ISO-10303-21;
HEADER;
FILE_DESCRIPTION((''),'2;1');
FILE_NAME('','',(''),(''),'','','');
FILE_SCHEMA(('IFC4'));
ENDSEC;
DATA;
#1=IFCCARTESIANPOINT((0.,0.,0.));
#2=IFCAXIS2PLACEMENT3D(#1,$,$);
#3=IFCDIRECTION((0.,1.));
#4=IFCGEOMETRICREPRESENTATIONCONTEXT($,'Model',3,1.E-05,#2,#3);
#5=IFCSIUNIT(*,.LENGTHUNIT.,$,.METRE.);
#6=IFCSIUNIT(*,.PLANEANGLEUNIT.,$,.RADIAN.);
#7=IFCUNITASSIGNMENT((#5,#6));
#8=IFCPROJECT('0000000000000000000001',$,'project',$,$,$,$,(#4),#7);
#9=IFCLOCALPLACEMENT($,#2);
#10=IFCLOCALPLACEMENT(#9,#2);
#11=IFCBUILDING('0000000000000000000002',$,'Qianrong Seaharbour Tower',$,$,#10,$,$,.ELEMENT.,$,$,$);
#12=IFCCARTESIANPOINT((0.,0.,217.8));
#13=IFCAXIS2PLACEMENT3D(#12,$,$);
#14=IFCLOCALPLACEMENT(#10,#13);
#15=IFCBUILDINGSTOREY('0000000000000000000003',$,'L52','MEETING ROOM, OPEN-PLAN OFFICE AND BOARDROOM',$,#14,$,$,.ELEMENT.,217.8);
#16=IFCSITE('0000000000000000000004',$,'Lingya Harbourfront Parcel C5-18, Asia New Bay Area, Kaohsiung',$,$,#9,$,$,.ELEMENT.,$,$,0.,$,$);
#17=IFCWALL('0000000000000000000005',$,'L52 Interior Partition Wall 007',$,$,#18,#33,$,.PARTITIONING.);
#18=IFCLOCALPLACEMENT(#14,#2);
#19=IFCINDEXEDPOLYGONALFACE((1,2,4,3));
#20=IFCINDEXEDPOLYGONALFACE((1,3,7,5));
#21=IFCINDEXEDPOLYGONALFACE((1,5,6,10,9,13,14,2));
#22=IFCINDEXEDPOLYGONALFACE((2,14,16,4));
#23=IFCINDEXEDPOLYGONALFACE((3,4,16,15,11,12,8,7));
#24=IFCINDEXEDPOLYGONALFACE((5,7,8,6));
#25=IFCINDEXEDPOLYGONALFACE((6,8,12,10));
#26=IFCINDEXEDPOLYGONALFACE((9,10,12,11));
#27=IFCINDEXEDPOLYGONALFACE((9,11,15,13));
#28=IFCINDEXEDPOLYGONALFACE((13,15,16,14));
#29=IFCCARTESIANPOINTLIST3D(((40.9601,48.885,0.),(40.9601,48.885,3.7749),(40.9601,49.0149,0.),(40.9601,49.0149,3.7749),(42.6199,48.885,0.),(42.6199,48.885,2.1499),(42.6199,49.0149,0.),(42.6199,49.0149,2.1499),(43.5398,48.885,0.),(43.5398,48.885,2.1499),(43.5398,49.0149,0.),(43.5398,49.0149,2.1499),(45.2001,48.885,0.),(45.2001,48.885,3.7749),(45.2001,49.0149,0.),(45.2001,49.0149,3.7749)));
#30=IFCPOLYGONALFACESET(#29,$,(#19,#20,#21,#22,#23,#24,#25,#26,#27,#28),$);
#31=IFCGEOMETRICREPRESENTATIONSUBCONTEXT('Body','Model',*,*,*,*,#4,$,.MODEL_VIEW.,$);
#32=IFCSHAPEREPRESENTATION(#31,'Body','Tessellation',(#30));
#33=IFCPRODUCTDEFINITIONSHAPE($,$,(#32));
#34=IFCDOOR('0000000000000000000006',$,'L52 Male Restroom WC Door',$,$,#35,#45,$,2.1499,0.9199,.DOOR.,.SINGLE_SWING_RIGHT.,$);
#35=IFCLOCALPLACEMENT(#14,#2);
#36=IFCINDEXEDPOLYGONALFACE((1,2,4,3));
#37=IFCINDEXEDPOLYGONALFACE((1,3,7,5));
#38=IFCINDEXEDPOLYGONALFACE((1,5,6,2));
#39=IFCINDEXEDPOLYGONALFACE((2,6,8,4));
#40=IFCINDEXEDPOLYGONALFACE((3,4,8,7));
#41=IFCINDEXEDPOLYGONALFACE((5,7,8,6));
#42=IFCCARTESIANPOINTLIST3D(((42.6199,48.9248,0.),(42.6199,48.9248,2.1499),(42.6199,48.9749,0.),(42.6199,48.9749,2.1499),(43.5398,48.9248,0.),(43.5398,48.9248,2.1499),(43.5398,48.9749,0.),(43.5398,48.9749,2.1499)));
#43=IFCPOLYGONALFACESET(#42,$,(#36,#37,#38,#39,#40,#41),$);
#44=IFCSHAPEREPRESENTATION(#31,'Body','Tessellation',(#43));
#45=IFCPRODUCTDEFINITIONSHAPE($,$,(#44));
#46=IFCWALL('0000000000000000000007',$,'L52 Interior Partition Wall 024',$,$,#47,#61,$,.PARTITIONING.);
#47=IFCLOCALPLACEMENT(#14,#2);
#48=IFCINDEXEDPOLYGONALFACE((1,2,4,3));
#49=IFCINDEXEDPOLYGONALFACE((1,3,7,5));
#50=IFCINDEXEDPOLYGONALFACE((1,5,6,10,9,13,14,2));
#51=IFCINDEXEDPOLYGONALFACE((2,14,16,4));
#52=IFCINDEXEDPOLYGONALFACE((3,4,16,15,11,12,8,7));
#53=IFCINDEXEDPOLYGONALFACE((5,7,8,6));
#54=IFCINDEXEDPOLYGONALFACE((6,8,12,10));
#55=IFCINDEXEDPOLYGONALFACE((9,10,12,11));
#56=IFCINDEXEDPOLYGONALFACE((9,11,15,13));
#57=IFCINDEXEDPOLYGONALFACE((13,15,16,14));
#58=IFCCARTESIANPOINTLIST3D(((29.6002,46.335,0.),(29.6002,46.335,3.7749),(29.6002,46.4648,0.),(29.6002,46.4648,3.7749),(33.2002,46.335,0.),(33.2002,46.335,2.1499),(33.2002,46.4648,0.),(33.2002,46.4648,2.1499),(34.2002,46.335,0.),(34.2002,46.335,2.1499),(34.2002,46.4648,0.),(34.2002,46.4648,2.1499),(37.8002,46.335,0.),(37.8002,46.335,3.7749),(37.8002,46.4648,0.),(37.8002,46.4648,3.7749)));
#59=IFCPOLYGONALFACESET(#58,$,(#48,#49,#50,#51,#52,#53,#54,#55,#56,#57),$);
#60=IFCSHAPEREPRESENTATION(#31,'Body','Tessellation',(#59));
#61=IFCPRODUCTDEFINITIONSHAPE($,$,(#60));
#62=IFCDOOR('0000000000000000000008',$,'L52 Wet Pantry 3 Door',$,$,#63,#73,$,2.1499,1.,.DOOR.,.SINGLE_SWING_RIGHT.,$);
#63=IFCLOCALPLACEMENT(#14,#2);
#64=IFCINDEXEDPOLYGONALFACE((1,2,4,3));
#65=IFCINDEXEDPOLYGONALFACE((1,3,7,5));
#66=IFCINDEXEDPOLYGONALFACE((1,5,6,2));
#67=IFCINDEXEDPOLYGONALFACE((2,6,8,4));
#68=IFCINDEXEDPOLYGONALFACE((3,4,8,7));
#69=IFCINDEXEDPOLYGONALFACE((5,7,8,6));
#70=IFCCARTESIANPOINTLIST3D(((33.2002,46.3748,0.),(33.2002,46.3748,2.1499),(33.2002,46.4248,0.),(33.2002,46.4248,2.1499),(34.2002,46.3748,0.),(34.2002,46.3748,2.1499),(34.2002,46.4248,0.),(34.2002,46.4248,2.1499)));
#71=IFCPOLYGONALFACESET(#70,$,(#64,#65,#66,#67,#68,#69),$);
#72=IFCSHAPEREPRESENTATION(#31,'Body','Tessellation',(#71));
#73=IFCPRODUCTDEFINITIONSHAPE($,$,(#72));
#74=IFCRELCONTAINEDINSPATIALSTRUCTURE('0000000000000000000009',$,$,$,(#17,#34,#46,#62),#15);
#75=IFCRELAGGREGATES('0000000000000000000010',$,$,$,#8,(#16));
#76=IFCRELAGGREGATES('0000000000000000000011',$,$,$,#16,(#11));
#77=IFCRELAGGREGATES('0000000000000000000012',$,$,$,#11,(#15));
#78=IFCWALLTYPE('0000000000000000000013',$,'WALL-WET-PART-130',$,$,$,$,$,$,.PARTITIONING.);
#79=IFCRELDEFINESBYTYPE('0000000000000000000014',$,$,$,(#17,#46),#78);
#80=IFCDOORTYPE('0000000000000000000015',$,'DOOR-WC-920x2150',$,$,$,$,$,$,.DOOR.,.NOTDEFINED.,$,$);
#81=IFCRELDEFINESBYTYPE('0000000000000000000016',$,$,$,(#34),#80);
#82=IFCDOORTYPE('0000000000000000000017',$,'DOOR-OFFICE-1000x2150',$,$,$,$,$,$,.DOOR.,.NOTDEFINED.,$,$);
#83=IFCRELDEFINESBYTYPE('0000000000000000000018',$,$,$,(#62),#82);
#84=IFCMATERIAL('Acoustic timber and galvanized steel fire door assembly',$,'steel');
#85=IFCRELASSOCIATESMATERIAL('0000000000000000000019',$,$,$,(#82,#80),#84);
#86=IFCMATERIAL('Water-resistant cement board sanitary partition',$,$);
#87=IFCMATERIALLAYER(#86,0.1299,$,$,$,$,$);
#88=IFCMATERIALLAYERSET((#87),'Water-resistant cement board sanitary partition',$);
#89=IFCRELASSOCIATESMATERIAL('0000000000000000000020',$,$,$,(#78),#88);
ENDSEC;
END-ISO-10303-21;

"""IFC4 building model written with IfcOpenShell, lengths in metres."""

from ifc_helpers import new_model, si_unit, direction, frame, frame_2d, origin, place, context, subcontext, project, spatial, rectangle, extrude, material, layer, layer_set, type_object, element, fill, save


model = new_model("IFC4")

# Units and contexts
model_context = context("Model", 3, precision=1e-05, world=origin(), true_north=direction((0.0, 1.0)))
body_context = subcontext(model_context, "Body", "Model", "MODEL_VIEW")
ifc_project = project(units=[si_unit("LENGTHUNIT", "METRE"), si_unit("PLANEANGLEUNIT", "RADIAN")], contexts=[model_context])

# Site, building, storey
site_placement = place(None, origin())
site = spatial("IfcSite", under=ifc_project, at=site_placement, Name="Lingya Harbourfront Parcel C5-18, Asia New Bay Area, Kaohsiung", CompositionType="ELEMENT", RefElevation=0.0)
building_placement = place(site_placement, origin())
building = spatial("IfcBuilding", under=site, at=building_placement, Name="Qianrong Seaharbour Tower", CompositionType="ELEMENT")
storey_placement = place(building_placement, frame((0.0, 0.0, 217.8)))
storey = spatial("IfcBuildingStorey", under=building, at=storey_placement, Name="L52", Description="MEETING ROOM, OPEN-PLAN OFFICE AND BOARDROOM", CompositionType="ELEMENT", Elevation=217.8)

# Shared definitions
ifc_material_1 = material(Name="Acoustic timber and galvanized steel fire door assembly", Category="steel")
door_type_1 = type_object("IfcDoorType", Name="DOOR-OFFICE-1000x2150", OperationType="NOTDEFINED", PredefinedType="DOOR", material=ifc_material_1)

# Shared definitions
ifc_material_2 = material(Name="Water-resistant cement board sanitary partition")
ifc_layer_1 = layer(ifc_material_2, 0.1299)
ifc_layer_set_1 = layer_set([ifc_layer_1], Name="Water-resistant cement board sanitary partition")
wall_type_1 = type_object("IfcWallType", Name="WALL-WET-PART-130", PredefinedType="PARTITIONING", material=ifc_layer_set_1)

# Walls, openings, doors
wall_1_placement = place(storey_placement, frame((40.96, 48.95, 0.0), z_axis=(0.0, 0.0, 1.0), x_axis=(1.0, 0.0, 0.0)))
wall_1 = element("IfcWall", 1, at=wall_1_placement, inside=storey, type_object=wall_type_1, Name="L52 Interior Partition Wall 007", PredefinedType="PARTITIONING", context=body_context, shape_type="SweptSolid", body=[
    extrude(rectangle(XDim=4.24, YDim=0.1299, at=frame_2d((2.1201, 0.0))), origin(), (0.0, 0.0, 1.0), 3.7749),
])
opening_1_placement = place(wall_1_placement, frame((1.6599, 0.0, 0.0)))
opening_1 = element("IfcOpeningElement", 2, at=opening_1_placement, cuts=wall_1, PredefinedType="OPENING", context=body_context, shape_type="SweptSolid", body=[
    extrude(rectangle(XDim=0.9199, YDim=2.1499, at=frame_2d((0.46, 1.075))), frame((0.0, 0.075, 0.0), z_axis=(0.0, -1.0, 0.0), x_axis=(1.0, 0.0, 0.0)), (0.0, 0.0, 1.0), 0.1499),
])
door_type_2 = type_object("IfcDoorType", Name="DOOR-WC-920x2150", OperationType="NOTDEFINED", PredefinedType="DOOR", material=ifc_material_1)
door_1_placement = place(opening_1_placement, origin())
door_1 = element("IfcDoor", 3, at=door_1_placement, inside=storey, type_object=door_type_2, Name="L52 Male Restroom WC Door", OperationType="SINGLE_SWING_RIGHT", OverallHeight=2.1499, OverallWidth=0.9199, PredefinedType="DOOR", context=body_context, shape_type="SweptSolid", body=[
    extrude(rectangle(XDim=0.9199, YDim=2.1499, at=frame_2d((0.46, 1.075))), frame((0.0, 0.0249, 0.0), z_axis=(0.0, -1.0, 0.0), x_axis=(1.0, 0.0, 0.0)), (0.0, 0.0, 1.0), 0.05),
])
fill(opening_1, door_1)
wall_2_placement = place(storey_placement, frame((29.6001, 46.3999, 0.0), z_axis=(0.0, 0.0, 1.0), x_axis=(1.0, 0.0, 0.0)))
wall_2 = element("IfcWall", 4, at=wall_2_placement, inside=storey, type_object=wall_type_1, Name="L52 Interior Partition Wall 024", PredefinedType="PARTITIONING", context=body_context, shape_type="SweptSolid", body=[
    extrude(rectangle(XDim=8.2, YDim=0.1299, at=frame_2d((4.1001, 0.0))), origin(), (0.0, 0.0, 1.0), 3.7749),
])
opening_2_placement = place(wall_2_placement, frame((3.6001, 0.0, 0.0)))
opening_2 = element("IfcOpeningElement", 5, at=opening_2_placement, cuts=wall_2, PredefinedType="OPENING", context=body_context, shape_type="SweptSolid", body=[
    extrude(rectangle(XDim=1.0, YDim=2.1499, at=frame_2d((0.5, 1.075))), frame((0.0, 0.075, 0.0), z_axis=(0.0, -1.0, 0.0), x_axis=(1.0, 0.0, 0.0)), (0.0, 0.0, 1.0), 0.1499),
])
door_2_placement = place(opening_2_placement, origin())
door_2 = element("IfcDoor", 6, at=door_2_placement, inside=storey, type_object=door_type_1, Name="L52 Wet Pantry 3 Door", OperationType="SINGLE_SWING_RIGHT", OverallHeight=2.1499, OverallWidth=1.0, PredefinedType="DOOR", context=body_context, shape_type="SweptSolid", body=[
    extrude(rectangle(XDim=1.0, YDim=2.1499, at=frame_2d((0.5, 1.075))), frame((0.0, 0.0249, 0.0), z_axis=(0.0, -1.0, 0.0), x_axis=(1.0, 0.0, 0.0)), (0.0, 0.0, 1.0), 0.05),
])
fill(opening_2, door_2)

save(model, "model.ifc")
